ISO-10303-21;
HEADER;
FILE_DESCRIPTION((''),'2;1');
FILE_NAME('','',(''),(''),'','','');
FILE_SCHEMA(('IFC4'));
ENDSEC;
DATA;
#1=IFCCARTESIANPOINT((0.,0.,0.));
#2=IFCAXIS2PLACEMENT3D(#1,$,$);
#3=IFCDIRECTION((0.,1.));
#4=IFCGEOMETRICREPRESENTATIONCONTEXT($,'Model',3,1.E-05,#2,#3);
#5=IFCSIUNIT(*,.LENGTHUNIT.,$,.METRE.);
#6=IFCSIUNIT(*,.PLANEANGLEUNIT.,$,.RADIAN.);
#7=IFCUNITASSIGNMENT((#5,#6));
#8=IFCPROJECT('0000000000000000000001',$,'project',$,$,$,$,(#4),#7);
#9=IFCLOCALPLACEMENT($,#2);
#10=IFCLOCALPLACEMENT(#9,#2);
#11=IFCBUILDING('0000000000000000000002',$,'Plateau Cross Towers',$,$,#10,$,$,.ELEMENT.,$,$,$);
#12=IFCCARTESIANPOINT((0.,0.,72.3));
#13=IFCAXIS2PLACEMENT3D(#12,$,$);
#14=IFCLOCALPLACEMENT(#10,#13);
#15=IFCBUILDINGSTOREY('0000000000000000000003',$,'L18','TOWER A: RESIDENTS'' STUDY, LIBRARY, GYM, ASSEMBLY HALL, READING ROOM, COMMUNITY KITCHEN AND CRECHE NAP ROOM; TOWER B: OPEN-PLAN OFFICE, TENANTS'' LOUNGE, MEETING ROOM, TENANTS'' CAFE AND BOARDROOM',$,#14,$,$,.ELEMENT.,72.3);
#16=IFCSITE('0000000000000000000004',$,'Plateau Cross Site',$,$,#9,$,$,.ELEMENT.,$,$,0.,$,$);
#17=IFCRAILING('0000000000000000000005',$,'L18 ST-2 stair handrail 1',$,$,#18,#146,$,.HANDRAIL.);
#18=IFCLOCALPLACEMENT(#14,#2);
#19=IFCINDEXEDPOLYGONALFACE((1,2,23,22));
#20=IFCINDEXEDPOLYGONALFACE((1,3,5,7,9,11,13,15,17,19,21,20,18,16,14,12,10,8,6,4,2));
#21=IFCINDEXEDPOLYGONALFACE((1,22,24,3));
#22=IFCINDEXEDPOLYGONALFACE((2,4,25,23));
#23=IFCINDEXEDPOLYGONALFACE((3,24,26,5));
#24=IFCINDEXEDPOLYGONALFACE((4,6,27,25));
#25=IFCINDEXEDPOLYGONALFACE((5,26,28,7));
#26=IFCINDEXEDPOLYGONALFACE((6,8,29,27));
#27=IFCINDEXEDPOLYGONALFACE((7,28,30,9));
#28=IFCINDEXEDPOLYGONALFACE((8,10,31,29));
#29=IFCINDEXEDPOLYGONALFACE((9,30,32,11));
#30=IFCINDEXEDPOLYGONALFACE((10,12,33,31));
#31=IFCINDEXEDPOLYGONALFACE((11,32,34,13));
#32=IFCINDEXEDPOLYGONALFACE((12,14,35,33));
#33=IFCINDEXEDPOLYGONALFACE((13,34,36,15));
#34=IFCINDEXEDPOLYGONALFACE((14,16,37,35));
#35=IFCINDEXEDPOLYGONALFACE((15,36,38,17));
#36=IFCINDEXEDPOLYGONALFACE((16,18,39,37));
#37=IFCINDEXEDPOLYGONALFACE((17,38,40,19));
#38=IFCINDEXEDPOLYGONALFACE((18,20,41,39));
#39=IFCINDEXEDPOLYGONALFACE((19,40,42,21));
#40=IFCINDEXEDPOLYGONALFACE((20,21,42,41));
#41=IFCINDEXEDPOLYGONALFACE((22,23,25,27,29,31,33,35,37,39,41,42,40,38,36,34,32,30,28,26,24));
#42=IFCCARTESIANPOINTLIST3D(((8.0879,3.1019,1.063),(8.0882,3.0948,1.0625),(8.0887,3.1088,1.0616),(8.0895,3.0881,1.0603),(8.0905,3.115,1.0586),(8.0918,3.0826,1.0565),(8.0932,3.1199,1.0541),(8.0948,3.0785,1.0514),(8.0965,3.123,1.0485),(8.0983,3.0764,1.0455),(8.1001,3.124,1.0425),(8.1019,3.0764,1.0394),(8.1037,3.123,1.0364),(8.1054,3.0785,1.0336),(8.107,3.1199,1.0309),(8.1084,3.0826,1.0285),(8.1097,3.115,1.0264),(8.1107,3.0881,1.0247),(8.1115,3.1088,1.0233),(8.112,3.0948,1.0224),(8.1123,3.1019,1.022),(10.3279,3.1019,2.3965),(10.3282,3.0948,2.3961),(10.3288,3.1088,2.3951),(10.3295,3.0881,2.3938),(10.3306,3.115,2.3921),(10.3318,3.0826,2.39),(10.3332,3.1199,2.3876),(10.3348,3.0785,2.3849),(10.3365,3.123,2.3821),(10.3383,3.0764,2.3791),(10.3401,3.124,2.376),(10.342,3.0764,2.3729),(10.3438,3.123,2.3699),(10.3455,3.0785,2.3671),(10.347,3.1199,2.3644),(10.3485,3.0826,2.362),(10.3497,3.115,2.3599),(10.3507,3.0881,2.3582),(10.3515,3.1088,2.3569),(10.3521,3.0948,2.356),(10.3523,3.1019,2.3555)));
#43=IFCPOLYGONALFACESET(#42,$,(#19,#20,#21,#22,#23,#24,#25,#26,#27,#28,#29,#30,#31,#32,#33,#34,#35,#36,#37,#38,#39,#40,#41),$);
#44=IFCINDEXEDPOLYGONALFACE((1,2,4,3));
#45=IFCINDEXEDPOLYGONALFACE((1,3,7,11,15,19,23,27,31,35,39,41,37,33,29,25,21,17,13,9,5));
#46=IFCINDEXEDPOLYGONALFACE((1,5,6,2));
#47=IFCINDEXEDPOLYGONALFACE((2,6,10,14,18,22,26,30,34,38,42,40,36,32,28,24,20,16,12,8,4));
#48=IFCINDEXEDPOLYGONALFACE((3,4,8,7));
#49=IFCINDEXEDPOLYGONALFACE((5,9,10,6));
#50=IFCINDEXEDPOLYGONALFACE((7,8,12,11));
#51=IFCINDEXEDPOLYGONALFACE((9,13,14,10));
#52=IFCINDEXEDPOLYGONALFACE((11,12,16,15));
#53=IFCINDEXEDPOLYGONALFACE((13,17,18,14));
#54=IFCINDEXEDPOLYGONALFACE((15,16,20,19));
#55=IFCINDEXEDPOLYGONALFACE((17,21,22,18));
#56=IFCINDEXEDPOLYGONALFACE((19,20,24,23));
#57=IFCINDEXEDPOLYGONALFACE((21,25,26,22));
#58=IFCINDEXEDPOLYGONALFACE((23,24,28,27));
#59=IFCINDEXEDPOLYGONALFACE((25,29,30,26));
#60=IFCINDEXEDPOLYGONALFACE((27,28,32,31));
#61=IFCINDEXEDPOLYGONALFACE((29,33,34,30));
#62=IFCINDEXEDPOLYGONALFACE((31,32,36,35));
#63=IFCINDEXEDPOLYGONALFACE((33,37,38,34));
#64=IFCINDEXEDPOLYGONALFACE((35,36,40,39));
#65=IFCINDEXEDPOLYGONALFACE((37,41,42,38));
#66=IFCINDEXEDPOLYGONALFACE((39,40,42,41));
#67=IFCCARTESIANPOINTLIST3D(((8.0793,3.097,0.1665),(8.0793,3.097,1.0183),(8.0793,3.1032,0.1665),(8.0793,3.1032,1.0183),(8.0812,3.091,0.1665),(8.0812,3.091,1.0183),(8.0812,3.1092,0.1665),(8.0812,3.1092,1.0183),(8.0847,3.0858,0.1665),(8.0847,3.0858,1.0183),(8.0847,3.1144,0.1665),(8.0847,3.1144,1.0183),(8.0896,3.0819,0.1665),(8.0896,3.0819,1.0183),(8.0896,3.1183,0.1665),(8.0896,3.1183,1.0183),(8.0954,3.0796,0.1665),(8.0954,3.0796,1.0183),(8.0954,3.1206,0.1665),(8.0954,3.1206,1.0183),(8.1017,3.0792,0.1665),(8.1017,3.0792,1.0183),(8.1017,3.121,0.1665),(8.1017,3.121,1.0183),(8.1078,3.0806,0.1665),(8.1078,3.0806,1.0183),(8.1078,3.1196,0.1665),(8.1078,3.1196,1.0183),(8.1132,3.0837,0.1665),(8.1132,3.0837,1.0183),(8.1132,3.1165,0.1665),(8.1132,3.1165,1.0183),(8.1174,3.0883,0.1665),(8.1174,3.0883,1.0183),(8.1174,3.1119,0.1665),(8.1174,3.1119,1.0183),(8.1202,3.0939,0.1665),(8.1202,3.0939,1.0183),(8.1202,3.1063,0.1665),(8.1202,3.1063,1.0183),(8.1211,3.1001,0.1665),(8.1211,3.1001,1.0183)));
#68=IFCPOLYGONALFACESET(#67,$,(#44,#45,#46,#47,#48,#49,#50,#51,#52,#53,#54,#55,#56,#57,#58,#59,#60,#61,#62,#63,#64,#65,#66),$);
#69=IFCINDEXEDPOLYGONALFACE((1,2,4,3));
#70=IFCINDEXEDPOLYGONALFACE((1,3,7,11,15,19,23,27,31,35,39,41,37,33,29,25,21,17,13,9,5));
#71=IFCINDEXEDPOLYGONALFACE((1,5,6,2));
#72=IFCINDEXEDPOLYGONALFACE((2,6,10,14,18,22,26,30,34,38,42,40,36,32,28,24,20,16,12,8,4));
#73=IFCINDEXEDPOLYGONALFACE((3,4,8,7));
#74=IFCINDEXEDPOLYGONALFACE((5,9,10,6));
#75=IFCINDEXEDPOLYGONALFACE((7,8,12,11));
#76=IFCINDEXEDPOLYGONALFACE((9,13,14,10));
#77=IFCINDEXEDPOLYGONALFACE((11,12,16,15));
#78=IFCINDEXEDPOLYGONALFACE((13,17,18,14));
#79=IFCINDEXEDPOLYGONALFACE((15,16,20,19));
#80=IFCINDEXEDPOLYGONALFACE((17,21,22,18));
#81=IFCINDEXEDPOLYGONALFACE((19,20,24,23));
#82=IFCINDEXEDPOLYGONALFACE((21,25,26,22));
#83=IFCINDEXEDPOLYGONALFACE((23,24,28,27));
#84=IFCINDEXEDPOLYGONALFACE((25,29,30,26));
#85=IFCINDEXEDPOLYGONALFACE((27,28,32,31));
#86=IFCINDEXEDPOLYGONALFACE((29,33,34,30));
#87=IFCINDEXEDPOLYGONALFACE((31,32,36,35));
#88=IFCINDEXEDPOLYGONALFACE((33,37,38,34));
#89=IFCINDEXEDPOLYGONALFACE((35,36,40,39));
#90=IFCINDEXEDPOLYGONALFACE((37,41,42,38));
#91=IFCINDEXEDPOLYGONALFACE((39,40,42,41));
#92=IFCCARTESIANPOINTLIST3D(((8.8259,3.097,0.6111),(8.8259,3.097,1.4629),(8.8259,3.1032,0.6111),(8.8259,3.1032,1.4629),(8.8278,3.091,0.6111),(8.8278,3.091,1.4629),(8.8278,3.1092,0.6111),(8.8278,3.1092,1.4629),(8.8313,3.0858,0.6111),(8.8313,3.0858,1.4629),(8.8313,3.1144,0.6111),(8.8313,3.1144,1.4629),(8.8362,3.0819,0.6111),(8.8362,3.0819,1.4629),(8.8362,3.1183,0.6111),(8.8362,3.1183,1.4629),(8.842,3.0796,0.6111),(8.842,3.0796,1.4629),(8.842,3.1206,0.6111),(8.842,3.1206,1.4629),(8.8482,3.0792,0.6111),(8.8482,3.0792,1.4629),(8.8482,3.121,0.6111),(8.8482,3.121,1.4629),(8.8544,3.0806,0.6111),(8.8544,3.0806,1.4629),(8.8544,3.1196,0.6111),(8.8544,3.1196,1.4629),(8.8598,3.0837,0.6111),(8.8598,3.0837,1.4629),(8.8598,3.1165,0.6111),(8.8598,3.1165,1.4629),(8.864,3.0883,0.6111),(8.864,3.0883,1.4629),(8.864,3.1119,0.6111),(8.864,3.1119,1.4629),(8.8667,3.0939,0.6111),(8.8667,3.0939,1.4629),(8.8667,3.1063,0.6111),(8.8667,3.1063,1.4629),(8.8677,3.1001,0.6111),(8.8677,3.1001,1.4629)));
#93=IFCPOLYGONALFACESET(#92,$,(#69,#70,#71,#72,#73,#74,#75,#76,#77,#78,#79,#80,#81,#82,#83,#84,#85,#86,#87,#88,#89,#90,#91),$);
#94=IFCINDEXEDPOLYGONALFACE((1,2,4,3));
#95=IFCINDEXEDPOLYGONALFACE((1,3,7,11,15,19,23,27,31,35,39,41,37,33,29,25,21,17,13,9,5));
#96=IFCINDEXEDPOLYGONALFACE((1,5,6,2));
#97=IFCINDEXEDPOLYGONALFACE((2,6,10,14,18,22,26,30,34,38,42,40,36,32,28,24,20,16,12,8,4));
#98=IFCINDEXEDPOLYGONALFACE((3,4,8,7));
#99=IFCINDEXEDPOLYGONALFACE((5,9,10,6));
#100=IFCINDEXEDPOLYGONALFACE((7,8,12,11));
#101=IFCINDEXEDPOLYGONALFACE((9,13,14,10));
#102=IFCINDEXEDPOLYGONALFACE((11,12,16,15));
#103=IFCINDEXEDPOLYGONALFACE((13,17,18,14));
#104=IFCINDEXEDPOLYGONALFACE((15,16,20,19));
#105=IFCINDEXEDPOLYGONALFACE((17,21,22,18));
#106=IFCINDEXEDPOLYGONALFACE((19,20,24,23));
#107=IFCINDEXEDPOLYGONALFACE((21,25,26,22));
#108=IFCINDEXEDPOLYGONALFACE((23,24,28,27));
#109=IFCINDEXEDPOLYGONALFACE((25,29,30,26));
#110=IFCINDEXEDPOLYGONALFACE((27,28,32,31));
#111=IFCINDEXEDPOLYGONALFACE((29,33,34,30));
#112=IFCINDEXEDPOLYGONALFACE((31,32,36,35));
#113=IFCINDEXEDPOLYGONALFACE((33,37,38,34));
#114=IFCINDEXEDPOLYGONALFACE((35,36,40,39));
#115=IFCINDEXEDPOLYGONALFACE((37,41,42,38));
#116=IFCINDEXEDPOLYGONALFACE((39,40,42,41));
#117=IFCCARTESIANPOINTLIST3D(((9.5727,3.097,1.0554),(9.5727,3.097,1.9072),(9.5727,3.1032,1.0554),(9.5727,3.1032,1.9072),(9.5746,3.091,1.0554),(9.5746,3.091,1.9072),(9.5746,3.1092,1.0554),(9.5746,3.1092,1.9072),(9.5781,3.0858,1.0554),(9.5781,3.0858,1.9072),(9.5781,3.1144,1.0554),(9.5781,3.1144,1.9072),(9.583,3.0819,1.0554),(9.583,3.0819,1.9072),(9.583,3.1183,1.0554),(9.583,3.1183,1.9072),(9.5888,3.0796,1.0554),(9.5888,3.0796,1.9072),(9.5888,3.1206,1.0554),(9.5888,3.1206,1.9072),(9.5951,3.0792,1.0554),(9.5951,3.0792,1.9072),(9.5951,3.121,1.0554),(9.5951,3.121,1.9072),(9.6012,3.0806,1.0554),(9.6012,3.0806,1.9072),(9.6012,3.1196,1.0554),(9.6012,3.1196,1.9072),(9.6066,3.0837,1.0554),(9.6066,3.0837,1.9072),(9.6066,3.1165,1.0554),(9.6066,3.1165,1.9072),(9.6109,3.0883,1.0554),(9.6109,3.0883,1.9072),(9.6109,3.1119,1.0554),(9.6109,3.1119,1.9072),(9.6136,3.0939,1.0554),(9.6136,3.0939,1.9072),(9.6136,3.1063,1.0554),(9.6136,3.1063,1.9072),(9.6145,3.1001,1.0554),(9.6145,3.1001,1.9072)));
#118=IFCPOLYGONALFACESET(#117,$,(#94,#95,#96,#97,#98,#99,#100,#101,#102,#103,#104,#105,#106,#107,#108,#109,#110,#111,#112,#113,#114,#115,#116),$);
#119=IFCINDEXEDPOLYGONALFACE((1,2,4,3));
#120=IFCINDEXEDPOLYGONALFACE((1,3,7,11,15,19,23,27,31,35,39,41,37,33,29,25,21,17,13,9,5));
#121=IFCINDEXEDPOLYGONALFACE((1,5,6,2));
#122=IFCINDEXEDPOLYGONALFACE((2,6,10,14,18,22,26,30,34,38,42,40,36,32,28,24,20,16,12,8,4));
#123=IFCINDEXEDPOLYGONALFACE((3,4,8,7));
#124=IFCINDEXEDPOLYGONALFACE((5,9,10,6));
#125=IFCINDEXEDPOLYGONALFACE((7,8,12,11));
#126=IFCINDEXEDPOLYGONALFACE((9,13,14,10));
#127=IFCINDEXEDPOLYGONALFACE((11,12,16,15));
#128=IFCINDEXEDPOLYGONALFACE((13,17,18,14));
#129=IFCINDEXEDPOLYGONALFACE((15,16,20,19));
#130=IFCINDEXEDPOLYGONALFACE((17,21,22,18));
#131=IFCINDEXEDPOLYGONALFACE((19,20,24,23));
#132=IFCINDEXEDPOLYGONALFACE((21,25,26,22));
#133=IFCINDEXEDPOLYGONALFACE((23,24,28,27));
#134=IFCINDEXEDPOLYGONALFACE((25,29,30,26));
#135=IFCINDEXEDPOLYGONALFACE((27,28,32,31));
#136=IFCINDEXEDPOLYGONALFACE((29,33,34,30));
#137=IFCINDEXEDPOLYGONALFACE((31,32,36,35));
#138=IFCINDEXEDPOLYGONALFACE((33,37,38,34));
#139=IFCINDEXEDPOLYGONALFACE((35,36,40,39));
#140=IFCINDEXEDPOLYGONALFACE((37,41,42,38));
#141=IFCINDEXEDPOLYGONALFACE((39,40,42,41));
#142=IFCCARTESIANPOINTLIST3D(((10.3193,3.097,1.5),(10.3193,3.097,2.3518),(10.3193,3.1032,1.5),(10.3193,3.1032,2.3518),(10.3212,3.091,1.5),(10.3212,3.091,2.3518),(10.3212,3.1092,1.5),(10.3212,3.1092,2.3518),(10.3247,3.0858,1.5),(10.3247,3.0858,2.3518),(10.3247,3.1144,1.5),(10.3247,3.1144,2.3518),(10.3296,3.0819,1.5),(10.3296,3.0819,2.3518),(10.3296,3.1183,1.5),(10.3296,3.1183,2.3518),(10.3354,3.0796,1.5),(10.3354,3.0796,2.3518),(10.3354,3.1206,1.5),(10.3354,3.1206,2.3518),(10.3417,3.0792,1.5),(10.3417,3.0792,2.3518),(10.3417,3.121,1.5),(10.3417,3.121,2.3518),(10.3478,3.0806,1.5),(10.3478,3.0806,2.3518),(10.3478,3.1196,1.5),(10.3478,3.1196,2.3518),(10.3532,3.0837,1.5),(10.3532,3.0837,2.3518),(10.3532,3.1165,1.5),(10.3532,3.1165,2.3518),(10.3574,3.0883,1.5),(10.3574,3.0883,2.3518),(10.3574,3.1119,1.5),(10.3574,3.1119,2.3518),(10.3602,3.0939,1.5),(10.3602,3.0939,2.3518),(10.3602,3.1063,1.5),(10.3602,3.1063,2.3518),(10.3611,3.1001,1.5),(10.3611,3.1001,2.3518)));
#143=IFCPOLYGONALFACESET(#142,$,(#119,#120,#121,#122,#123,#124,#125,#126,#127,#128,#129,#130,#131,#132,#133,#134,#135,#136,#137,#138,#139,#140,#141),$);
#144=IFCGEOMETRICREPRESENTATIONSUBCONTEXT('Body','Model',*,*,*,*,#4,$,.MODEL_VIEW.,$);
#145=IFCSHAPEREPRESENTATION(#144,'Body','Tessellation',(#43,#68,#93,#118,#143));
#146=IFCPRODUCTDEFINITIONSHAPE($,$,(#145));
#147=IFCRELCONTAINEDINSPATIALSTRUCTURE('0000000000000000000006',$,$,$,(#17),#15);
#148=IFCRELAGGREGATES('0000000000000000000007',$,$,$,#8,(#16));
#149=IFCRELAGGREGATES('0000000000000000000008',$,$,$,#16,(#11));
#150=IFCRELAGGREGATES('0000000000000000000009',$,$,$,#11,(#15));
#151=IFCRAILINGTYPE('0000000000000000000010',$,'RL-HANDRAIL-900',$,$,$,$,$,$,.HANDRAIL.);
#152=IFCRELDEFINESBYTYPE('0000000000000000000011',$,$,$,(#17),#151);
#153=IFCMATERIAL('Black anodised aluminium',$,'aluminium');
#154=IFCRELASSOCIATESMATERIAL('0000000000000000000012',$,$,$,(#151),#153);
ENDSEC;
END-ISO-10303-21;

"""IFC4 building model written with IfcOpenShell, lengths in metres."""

from ifc_helpers import new_model, si_unit, direction, frame, origin, origin_2d, place, context, subcontext, project, spatial, circle, extrude, material, type_object, element, save


model = new_model("IFC4")

# Units and contexts
model_context = context("Model", 3, precision=1e-05, world=origin(), true_north=direction((0.0, 1.0)))
body_context = subcontext(model_context, "Body", "Model", "MODEL_VIEW")
ifc_project = project(units=[si_unit("LENGTHUNIT", "METRE"), si_unit("PLANEANGLEUNIT", "RADIAN")], contexts=[model_context])

# Site, building, storey
site_placement = place(None, origin())
site = spatial("IfcSite", under=ifc_project, at=site_placement, Name="Plateau Cross Site", CompositionType="ELEMENT", RefElevation=0.0)
building_placement = place(site_placement, origin())
building = spatial("IfcBuilding", under=site, at=building_placement, Name="Plateau Cross Towers", CompositionType="ELEMENT")
storey_placement = place(building_placement, frame((0.0, 0.0, 72.3)))
storey = spatial("IfcBuildingStorey", under=building, at=storey_placement, Name="L18", Description="TOWER A: RESIDENTS' STUDY, LIBRARY, GYM, ASSEMBLY HALL, READING ROOM, COMMUNITY KITCHEN AND CRECHE NAP ROOM; TOWER B: OPEN-PLAN OFFICE, TENANTS' LOUNGE, MEETING ROOM, TENANTS' CAFE AND BOARDROOM", CompositionType="ELEMENT", Elevation=72.3)

# Shared definitions
ifc_material_1 = material(Name="Black anodised aluminium", Category="aluminium")

# Railing
railing_type_1 = type_object("IfcRailingType", Name="RL-HANDRAIL-900", PredefinedType="HANDRAIL", material=ifc_material_1)
railing_1_placement = place(storey_placement, frame((8.1001, 3.1001, 0.1665)))
element("IfcRailing", 1, at=railing_1_placement, inside=storey, type_object=railing_type_1, Name="L18 ST-2 stair handrail 1", PredefinedType="HANDRAIL", context=body_context, shape_type="SweptSolid", body=[
    extrude(circle(Radius=0.0239, at=origin_2d()), frame((0.0, 0.0, 0.876), z_axis=(0.859264, 0.0, 0.511532), x_axis=(0.0, 1.0, 0.0)), (0.0, 0.0, 1.0), 2.6069),
    extrude(circle(Radius=0.021, at=origin_2d()), origin(), (0.0, 0.0, 1.0), 0.8518),
    extrude(circle(Radius=0.021, at=origin_2d()), frame((0.7466, 0.0, 0.4446)), (0.0, 0.0, 1.0), 0.8518),
    extrude(circle(Radius=0.021, at=origin_2d()), frame((1.4934, 0.0, 0.8889)), (0.0, 0.0, 1.0), 0.8518),
    extrude(circle(Radius=0.021, at=origin_2d()), frame((2.24, 0.0, 1.3335)), (0.0, 0.0, 1.0), 0.8518),
])

save(model, "model.ifc")
